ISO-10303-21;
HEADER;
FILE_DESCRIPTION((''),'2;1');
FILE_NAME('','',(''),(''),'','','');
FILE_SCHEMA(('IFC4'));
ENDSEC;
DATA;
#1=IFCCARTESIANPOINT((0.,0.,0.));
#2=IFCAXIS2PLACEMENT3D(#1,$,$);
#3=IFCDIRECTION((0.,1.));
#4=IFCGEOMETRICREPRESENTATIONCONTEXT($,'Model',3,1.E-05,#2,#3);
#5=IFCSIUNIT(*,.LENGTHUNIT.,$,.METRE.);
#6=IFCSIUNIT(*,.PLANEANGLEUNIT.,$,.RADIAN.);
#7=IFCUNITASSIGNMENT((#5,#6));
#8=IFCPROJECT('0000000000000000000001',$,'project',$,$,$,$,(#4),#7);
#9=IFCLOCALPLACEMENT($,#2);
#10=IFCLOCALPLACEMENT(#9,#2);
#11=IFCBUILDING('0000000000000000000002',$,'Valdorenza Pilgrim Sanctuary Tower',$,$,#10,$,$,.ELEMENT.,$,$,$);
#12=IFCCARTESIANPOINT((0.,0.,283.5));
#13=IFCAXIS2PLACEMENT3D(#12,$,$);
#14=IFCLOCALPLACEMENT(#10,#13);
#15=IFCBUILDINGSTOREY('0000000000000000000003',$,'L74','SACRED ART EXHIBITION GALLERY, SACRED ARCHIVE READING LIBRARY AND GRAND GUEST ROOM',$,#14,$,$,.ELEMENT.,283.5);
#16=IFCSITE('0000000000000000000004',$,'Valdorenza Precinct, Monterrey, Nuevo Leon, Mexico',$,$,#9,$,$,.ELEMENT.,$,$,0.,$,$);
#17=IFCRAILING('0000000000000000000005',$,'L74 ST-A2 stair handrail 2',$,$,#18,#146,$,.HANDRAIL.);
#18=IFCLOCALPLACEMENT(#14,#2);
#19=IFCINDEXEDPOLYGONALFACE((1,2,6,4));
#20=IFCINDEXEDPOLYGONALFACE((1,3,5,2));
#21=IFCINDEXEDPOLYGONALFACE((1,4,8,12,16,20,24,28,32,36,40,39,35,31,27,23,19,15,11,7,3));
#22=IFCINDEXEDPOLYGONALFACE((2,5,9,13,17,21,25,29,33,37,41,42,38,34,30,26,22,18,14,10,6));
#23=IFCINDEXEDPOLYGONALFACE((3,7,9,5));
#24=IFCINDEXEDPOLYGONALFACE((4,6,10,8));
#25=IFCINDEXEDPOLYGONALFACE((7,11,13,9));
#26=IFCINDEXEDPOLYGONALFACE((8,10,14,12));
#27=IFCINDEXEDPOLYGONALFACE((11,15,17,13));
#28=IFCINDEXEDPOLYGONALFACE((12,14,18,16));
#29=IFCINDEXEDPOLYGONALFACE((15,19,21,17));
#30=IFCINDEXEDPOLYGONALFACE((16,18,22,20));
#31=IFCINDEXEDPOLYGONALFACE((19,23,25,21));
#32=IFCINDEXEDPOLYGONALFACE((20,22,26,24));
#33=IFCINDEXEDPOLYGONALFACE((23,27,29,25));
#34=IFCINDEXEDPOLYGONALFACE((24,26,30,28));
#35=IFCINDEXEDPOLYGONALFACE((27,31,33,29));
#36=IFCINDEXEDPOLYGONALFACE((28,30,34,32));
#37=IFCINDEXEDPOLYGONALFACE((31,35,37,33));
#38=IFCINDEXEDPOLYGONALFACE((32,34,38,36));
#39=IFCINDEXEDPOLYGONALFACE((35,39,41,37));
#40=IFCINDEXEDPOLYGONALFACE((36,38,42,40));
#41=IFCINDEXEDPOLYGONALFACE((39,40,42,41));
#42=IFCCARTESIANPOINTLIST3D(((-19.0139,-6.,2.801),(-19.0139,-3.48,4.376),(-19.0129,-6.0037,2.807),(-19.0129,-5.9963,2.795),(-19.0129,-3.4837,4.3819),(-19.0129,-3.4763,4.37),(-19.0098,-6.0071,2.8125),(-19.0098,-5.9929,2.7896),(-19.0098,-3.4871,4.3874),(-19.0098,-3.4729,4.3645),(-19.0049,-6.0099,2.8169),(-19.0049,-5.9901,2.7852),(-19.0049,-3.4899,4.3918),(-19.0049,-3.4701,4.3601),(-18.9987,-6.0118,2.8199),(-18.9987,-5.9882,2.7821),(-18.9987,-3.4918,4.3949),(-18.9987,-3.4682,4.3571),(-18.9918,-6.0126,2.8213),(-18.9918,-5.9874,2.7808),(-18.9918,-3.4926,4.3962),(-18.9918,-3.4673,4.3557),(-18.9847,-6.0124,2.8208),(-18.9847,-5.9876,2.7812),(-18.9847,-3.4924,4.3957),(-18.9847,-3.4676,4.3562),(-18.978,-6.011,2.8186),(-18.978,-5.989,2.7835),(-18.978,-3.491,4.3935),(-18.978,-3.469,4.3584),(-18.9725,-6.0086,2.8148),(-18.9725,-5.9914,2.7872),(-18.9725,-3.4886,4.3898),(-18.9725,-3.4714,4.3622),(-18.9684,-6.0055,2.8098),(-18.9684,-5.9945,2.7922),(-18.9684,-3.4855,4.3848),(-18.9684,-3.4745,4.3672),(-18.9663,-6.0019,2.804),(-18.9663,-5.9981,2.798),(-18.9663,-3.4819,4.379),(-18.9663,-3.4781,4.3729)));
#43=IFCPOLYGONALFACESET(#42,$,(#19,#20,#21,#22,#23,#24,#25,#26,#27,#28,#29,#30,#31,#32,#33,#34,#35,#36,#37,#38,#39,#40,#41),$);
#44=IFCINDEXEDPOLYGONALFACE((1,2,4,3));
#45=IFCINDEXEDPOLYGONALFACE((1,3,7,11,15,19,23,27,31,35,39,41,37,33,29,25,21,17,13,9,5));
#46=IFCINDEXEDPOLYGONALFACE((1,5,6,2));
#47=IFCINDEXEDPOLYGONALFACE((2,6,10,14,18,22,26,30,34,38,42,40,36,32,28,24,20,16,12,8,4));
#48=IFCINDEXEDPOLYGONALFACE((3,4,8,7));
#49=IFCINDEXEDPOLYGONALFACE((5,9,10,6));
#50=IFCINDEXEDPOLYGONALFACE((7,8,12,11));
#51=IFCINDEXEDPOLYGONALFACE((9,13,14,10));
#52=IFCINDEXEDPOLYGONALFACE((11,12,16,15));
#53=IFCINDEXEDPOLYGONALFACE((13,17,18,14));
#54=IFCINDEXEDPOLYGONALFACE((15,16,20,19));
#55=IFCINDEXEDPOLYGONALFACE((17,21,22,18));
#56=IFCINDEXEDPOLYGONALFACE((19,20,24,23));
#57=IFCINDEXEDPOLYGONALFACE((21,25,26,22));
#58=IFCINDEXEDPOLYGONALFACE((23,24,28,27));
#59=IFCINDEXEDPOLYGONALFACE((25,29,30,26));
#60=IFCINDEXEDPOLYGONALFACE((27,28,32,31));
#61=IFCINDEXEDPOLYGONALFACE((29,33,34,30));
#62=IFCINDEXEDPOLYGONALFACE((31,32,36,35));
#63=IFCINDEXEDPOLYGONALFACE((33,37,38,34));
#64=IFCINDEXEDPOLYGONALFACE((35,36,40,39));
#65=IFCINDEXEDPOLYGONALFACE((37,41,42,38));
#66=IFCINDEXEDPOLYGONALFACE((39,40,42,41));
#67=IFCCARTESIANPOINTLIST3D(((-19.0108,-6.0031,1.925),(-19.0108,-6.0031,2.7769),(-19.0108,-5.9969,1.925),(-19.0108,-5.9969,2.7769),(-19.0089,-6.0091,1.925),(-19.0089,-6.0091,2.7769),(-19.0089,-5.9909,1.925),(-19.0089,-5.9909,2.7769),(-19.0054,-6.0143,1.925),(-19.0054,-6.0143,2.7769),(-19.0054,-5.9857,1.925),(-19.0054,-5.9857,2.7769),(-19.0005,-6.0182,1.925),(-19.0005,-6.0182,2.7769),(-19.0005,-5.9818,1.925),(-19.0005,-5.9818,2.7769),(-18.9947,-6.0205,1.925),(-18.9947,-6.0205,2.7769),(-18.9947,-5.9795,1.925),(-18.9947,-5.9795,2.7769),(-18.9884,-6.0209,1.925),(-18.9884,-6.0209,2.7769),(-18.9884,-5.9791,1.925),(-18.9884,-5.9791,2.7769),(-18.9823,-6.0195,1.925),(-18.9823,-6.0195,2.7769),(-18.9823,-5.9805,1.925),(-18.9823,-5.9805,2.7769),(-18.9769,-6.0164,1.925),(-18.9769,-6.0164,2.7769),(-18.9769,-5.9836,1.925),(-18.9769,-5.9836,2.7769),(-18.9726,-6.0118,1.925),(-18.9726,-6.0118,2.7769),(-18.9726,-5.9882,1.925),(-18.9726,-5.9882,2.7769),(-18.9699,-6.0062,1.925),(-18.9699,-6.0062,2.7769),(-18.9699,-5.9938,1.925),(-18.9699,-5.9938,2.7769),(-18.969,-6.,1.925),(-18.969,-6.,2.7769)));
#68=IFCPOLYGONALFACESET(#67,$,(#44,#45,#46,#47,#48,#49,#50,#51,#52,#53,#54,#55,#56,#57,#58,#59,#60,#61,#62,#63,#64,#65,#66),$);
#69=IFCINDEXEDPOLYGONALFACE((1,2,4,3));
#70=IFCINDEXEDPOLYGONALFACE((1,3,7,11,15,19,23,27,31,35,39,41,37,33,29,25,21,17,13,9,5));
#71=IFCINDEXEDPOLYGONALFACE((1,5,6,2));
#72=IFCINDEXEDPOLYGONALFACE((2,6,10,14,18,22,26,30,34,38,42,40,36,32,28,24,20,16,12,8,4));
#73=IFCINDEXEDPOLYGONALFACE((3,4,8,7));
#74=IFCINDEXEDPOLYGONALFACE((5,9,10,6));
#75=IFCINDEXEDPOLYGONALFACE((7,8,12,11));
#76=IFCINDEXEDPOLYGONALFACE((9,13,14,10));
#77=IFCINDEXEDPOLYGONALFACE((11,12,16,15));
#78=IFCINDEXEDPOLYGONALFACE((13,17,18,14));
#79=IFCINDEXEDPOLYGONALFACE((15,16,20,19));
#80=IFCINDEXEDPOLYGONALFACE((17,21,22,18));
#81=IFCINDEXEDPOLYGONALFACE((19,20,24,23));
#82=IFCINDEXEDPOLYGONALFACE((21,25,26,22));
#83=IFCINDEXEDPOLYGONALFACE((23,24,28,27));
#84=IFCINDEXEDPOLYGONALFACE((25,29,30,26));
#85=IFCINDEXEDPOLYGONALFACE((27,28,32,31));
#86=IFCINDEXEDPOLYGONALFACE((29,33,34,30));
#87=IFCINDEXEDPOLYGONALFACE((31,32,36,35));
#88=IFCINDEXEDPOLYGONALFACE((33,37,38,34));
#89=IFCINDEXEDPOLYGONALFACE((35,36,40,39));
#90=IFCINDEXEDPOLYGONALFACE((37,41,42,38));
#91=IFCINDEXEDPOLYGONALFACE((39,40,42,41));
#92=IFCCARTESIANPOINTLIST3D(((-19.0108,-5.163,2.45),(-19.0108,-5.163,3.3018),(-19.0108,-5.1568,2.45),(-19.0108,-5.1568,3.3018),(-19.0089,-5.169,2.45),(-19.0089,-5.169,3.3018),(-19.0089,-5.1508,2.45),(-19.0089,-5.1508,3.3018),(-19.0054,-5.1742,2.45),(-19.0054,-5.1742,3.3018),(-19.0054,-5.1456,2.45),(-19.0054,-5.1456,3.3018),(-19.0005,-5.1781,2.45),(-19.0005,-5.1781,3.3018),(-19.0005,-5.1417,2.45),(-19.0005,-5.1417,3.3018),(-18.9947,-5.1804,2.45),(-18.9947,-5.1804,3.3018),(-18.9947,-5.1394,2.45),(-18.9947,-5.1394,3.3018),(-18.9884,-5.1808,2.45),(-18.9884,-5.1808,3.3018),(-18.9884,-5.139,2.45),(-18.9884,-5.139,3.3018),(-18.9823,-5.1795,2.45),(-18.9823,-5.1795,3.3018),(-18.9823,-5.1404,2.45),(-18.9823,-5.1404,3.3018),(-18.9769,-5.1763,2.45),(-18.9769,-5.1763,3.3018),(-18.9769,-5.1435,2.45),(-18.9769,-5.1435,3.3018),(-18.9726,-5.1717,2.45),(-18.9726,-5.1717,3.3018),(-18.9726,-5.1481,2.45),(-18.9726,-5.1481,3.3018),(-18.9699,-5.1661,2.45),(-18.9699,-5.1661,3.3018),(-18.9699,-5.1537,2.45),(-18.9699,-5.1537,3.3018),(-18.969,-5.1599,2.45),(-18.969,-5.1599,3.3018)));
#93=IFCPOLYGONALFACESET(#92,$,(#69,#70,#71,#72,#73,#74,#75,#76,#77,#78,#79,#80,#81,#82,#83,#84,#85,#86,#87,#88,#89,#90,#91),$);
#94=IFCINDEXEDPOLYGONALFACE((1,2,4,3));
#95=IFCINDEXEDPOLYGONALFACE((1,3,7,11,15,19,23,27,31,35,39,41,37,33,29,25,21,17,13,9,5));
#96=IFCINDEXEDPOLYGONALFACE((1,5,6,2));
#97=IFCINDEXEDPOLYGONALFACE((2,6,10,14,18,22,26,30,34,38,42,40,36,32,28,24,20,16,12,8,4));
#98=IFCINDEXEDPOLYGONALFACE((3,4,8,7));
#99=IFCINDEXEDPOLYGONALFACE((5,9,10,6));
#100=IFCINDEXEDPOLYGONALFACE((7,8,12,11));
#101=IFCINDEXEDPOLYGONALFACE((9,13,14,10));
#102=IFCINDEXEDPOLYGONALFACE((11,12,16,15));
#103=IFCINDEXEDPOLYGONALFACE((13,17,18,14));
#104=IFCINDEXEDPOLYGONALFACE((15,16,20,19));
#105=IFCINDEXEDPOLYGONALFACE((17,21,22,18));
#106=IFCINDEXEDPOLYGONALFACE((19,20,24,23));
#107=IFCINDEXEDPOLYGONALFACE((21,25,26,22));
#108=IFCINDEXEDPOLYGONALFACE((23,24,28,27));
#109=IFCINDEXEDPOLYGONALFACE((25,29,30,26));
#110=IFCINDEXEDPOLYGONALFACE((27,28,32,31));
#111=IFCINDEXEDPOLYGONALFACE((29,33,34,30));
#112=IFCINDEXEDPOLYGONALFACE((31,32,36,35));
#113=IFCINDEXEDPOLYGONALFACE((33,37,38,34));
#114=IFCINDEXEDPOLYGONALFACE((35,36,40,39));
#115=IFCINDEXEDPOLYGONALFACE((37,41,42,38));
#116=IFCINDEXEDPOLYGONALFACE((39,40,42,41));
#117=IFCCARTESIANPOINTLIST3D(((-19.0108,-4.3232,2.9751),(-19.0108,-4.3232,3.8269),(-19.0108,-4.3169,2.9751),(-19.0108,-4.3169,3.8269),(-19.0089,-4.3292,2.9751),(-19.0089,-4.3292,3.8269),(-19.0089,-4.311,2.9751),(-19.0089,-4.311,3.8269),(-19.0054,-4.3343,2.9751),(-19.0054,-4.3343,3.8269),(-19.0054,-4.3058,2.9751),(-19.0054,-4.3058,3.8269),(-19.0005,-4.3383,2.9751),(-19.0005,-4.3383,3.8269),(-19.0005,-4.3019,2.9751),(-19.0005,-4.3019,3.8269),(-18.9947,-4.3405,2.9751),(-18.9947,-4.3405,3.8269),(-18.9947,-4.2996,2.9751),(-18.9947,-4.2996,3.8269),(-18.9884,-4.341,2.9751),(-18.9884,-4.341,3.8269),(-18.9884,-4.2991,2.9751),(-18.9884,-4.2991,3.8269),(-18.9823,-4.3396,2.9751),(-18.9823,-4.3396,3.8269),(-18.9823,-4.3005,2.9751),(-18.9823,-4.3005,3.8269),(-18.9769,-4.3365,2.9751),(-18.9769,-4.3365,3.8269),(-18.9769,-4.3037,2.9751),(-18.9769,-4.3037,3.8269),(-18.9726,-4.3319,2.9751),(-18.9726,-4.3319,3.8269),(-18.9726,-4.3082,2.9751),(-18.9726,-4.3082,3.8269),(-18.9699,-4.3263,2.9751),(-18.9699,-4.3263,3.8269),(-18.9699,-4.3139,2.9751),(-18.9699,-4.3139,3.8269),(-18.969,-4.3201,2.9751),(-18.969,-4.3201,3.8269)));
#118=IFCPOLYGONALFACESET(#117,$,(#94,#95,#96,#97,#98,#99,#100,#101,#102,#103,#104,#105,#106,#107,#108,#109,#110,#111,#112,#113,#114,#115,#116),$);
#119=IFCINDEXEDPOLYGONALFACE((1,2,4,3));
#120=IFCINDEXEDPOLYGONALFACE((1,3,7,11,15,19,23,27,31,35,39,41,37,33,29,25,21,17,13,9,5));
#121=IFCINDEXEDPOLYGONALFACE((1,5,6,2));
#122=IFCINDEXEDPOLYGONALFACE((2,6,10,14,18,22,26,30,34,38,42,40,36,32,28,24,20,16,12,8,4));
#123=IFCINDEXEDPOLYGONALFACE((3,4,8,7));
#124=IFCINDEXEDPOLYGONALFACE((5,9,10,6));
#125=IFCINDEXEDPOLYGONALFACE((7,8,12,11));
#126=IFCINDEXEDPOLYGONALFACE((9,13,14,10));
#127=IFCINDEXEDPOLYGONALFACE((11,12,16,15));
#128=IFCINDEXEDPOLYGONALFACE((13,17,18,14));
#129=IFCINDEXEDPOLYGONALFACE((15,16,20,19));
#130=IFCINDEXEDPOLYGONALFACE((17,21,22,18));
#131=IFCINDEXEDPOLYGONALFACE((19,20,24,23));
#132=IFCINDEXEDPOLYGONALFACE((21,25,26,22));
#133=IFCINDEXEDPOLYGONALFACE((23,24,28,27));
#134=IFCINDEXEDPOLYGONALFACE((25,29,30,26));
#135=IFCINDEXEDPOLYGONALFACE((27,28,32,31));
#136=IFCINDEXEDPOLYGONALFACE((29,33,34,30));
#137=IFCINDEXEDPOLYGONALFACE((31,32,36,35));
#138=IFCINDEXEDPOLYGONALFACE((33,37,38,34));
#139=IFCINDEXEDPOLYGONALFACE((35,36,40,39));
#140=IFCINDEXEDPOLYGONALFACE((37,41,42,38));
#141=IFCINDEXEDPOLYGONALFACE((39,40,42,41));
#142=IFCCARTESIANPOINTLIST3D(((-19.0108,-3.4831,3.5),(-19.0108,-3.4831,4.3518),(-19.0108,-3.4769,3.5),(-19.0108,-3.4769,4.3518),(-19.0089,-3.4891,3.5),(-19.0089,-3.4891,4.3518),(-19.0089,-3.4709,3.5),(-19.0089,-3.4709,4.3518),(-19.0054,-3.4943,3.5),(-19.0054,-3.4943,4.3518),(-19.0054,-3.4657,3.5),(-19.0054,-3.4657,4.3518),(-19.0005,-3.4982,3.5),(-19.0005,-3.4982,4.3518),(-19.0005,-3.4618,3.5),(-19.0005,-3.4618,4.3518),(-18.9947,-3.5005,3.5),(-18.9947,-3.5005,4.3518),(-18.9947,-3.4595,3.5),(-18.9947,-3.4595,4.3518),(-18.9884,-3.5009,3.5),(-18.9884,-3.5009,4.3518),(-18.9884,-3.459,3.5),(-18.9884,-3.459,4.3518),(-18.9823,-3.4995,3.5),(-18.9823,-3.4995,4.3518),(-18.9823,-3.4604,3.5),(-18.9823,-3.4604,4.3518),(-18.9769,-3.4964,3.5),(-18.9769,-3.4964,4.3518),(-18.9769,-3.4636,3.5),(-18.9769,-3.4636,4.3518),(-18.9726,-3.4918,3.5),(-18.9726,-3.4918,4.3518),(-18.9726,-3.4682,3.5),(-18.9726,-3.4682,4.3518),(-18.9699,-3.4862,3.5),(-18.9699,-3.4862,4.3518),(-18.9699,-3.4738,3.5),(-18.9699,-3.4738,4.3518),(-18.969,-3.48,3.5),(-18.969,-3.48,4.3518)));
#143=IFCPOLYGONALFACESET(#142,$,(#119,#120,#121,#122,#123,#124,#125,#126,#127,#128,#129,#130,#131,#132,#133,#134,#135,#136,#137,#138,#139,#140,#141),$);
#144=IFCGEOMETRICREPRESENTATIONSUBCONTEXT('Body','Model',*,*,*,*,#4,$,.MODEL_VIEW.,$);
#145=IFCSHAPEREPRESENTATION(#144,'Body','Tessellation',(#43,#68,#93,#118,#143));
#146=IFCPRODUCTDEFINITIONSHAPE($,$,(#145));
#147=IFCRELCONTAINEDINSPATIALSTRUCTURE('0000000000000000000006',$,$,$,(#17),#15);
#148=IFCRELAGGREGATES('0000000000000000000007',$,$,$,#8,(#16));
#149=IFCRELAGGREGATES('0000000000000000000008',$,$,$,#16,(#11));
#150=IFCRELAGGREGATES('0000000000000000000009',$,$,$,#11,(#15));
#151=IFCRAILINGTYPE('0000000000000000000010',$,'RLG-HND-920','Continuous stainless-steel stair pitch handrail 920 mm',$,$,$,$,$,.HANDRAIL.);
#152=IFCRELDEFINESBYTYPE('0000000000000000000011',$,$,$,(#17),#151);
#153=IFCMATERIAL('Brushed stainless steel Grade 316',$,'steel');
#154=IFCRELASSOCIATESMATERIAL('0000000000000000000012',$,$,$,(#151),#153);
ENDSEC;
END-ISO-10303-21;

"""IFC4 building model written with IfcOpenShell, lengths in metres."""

from ifc_helpers import new_model, si_unit, direction, frame, origin, origin_2d, place, context, subcontext, project, spatial, circle, extrude, material, type_object, element, save


model = new_model("IFC4")

# Units and contexts
model_context = context("Model", 3, precision=1e-05, world=origin(), true_north=direction((0.0, 1.0)))
body_context = subcontext(model_context, "Body", "Model", "MODEL_VIEW")
ifc_project = project(units=[si_unit("LENGTHUNIT", "METRE"), si_unit("PLANEANGLEUNIT", "RADIAN")], contexts=[model_context])

# Site, building, storey
site_placement = place(None, origin())
site = spatial("IfcSite", under=ifc_project, at=site_placement, Name="Valdorenza Precinct, Monterrey, Nuevo Leon, Mexico", CompositionType="ELEMENT", RefElevation=0.0)
building_placement = place(site_placement, origin())
building = spatial("IfcBuilding", under=site, at=building_placement, Name="Valdorenza Pilgrim Sanctuary Tower", CompositionType="ELEMENT")
storey_placement = place(building_placement, frame((0.0, 0.0, 283.5)))
storey = spatial("IfcBuildingStorey", under=building, at=storey_placement, Name="L74", Description="SACRED ART EXHIBITION GALLERY, SACRED ARCHIVE READING LIBRARY AND GRAND GUEST ROOM", CompositionType="ELEMENT", Elevation=283.5)

# Shared definitions
ifc_material_1 = material(Name="Brushed stainless steel Grade 316", Category="steel")

# Railing
railing_type_1 = type_object("IfcRailingType", Name="RLG-HND-920", Description="Continuous stainless-steel stair pitch handrail 920 mm", PredefinedType="HANDRAIL", material=ifc_material_1)
railing_1_placement = place(storey_placement, frame((-18.99, -6.0, 1.925)))
element("IfcRailing", 1, at=railing_1_placement, inside=storey, type_object=railing_type_1, Name="L74 ST-A2 stair handrail 2", PredefinedType="HANDRAIL", context=body_context, shape_type="SweptSolid", body=[
    extrude(circle(Radius=0.0239, at=origin_2d()), frame((0.0, 0.0, 0.876), z_axis=(0.0, 0.848008, 0.529984), x_axis=(-1.0, 0.0, 0.0)), (0.0, 0.0, 1.0), 2.9717),
    extrude(circle(Radius=0.021, at=origin_2d()), origin(), (0.0, 0.0, 1.0), 0.8518),
    extrude(circle(Radius=0.021, at=origin_2d()), frame((0.0, 0.8401, 0.5249)), (0.0, 0.0, 1.0), 0.8518),
    extrude(circle(Radius=0.021, at=origin_2d()), frame((0.0, 1.6799, 1.05)), (0.0, 0.0, 1.0), 0.8518),
    extrude(circle(Radius=0.021, at=origin_2d()), frame((0.0, 2.52, 1.575)), (0.0, 0.0, 1.0), 0.8518),
])

save(model, "model.ifc")
